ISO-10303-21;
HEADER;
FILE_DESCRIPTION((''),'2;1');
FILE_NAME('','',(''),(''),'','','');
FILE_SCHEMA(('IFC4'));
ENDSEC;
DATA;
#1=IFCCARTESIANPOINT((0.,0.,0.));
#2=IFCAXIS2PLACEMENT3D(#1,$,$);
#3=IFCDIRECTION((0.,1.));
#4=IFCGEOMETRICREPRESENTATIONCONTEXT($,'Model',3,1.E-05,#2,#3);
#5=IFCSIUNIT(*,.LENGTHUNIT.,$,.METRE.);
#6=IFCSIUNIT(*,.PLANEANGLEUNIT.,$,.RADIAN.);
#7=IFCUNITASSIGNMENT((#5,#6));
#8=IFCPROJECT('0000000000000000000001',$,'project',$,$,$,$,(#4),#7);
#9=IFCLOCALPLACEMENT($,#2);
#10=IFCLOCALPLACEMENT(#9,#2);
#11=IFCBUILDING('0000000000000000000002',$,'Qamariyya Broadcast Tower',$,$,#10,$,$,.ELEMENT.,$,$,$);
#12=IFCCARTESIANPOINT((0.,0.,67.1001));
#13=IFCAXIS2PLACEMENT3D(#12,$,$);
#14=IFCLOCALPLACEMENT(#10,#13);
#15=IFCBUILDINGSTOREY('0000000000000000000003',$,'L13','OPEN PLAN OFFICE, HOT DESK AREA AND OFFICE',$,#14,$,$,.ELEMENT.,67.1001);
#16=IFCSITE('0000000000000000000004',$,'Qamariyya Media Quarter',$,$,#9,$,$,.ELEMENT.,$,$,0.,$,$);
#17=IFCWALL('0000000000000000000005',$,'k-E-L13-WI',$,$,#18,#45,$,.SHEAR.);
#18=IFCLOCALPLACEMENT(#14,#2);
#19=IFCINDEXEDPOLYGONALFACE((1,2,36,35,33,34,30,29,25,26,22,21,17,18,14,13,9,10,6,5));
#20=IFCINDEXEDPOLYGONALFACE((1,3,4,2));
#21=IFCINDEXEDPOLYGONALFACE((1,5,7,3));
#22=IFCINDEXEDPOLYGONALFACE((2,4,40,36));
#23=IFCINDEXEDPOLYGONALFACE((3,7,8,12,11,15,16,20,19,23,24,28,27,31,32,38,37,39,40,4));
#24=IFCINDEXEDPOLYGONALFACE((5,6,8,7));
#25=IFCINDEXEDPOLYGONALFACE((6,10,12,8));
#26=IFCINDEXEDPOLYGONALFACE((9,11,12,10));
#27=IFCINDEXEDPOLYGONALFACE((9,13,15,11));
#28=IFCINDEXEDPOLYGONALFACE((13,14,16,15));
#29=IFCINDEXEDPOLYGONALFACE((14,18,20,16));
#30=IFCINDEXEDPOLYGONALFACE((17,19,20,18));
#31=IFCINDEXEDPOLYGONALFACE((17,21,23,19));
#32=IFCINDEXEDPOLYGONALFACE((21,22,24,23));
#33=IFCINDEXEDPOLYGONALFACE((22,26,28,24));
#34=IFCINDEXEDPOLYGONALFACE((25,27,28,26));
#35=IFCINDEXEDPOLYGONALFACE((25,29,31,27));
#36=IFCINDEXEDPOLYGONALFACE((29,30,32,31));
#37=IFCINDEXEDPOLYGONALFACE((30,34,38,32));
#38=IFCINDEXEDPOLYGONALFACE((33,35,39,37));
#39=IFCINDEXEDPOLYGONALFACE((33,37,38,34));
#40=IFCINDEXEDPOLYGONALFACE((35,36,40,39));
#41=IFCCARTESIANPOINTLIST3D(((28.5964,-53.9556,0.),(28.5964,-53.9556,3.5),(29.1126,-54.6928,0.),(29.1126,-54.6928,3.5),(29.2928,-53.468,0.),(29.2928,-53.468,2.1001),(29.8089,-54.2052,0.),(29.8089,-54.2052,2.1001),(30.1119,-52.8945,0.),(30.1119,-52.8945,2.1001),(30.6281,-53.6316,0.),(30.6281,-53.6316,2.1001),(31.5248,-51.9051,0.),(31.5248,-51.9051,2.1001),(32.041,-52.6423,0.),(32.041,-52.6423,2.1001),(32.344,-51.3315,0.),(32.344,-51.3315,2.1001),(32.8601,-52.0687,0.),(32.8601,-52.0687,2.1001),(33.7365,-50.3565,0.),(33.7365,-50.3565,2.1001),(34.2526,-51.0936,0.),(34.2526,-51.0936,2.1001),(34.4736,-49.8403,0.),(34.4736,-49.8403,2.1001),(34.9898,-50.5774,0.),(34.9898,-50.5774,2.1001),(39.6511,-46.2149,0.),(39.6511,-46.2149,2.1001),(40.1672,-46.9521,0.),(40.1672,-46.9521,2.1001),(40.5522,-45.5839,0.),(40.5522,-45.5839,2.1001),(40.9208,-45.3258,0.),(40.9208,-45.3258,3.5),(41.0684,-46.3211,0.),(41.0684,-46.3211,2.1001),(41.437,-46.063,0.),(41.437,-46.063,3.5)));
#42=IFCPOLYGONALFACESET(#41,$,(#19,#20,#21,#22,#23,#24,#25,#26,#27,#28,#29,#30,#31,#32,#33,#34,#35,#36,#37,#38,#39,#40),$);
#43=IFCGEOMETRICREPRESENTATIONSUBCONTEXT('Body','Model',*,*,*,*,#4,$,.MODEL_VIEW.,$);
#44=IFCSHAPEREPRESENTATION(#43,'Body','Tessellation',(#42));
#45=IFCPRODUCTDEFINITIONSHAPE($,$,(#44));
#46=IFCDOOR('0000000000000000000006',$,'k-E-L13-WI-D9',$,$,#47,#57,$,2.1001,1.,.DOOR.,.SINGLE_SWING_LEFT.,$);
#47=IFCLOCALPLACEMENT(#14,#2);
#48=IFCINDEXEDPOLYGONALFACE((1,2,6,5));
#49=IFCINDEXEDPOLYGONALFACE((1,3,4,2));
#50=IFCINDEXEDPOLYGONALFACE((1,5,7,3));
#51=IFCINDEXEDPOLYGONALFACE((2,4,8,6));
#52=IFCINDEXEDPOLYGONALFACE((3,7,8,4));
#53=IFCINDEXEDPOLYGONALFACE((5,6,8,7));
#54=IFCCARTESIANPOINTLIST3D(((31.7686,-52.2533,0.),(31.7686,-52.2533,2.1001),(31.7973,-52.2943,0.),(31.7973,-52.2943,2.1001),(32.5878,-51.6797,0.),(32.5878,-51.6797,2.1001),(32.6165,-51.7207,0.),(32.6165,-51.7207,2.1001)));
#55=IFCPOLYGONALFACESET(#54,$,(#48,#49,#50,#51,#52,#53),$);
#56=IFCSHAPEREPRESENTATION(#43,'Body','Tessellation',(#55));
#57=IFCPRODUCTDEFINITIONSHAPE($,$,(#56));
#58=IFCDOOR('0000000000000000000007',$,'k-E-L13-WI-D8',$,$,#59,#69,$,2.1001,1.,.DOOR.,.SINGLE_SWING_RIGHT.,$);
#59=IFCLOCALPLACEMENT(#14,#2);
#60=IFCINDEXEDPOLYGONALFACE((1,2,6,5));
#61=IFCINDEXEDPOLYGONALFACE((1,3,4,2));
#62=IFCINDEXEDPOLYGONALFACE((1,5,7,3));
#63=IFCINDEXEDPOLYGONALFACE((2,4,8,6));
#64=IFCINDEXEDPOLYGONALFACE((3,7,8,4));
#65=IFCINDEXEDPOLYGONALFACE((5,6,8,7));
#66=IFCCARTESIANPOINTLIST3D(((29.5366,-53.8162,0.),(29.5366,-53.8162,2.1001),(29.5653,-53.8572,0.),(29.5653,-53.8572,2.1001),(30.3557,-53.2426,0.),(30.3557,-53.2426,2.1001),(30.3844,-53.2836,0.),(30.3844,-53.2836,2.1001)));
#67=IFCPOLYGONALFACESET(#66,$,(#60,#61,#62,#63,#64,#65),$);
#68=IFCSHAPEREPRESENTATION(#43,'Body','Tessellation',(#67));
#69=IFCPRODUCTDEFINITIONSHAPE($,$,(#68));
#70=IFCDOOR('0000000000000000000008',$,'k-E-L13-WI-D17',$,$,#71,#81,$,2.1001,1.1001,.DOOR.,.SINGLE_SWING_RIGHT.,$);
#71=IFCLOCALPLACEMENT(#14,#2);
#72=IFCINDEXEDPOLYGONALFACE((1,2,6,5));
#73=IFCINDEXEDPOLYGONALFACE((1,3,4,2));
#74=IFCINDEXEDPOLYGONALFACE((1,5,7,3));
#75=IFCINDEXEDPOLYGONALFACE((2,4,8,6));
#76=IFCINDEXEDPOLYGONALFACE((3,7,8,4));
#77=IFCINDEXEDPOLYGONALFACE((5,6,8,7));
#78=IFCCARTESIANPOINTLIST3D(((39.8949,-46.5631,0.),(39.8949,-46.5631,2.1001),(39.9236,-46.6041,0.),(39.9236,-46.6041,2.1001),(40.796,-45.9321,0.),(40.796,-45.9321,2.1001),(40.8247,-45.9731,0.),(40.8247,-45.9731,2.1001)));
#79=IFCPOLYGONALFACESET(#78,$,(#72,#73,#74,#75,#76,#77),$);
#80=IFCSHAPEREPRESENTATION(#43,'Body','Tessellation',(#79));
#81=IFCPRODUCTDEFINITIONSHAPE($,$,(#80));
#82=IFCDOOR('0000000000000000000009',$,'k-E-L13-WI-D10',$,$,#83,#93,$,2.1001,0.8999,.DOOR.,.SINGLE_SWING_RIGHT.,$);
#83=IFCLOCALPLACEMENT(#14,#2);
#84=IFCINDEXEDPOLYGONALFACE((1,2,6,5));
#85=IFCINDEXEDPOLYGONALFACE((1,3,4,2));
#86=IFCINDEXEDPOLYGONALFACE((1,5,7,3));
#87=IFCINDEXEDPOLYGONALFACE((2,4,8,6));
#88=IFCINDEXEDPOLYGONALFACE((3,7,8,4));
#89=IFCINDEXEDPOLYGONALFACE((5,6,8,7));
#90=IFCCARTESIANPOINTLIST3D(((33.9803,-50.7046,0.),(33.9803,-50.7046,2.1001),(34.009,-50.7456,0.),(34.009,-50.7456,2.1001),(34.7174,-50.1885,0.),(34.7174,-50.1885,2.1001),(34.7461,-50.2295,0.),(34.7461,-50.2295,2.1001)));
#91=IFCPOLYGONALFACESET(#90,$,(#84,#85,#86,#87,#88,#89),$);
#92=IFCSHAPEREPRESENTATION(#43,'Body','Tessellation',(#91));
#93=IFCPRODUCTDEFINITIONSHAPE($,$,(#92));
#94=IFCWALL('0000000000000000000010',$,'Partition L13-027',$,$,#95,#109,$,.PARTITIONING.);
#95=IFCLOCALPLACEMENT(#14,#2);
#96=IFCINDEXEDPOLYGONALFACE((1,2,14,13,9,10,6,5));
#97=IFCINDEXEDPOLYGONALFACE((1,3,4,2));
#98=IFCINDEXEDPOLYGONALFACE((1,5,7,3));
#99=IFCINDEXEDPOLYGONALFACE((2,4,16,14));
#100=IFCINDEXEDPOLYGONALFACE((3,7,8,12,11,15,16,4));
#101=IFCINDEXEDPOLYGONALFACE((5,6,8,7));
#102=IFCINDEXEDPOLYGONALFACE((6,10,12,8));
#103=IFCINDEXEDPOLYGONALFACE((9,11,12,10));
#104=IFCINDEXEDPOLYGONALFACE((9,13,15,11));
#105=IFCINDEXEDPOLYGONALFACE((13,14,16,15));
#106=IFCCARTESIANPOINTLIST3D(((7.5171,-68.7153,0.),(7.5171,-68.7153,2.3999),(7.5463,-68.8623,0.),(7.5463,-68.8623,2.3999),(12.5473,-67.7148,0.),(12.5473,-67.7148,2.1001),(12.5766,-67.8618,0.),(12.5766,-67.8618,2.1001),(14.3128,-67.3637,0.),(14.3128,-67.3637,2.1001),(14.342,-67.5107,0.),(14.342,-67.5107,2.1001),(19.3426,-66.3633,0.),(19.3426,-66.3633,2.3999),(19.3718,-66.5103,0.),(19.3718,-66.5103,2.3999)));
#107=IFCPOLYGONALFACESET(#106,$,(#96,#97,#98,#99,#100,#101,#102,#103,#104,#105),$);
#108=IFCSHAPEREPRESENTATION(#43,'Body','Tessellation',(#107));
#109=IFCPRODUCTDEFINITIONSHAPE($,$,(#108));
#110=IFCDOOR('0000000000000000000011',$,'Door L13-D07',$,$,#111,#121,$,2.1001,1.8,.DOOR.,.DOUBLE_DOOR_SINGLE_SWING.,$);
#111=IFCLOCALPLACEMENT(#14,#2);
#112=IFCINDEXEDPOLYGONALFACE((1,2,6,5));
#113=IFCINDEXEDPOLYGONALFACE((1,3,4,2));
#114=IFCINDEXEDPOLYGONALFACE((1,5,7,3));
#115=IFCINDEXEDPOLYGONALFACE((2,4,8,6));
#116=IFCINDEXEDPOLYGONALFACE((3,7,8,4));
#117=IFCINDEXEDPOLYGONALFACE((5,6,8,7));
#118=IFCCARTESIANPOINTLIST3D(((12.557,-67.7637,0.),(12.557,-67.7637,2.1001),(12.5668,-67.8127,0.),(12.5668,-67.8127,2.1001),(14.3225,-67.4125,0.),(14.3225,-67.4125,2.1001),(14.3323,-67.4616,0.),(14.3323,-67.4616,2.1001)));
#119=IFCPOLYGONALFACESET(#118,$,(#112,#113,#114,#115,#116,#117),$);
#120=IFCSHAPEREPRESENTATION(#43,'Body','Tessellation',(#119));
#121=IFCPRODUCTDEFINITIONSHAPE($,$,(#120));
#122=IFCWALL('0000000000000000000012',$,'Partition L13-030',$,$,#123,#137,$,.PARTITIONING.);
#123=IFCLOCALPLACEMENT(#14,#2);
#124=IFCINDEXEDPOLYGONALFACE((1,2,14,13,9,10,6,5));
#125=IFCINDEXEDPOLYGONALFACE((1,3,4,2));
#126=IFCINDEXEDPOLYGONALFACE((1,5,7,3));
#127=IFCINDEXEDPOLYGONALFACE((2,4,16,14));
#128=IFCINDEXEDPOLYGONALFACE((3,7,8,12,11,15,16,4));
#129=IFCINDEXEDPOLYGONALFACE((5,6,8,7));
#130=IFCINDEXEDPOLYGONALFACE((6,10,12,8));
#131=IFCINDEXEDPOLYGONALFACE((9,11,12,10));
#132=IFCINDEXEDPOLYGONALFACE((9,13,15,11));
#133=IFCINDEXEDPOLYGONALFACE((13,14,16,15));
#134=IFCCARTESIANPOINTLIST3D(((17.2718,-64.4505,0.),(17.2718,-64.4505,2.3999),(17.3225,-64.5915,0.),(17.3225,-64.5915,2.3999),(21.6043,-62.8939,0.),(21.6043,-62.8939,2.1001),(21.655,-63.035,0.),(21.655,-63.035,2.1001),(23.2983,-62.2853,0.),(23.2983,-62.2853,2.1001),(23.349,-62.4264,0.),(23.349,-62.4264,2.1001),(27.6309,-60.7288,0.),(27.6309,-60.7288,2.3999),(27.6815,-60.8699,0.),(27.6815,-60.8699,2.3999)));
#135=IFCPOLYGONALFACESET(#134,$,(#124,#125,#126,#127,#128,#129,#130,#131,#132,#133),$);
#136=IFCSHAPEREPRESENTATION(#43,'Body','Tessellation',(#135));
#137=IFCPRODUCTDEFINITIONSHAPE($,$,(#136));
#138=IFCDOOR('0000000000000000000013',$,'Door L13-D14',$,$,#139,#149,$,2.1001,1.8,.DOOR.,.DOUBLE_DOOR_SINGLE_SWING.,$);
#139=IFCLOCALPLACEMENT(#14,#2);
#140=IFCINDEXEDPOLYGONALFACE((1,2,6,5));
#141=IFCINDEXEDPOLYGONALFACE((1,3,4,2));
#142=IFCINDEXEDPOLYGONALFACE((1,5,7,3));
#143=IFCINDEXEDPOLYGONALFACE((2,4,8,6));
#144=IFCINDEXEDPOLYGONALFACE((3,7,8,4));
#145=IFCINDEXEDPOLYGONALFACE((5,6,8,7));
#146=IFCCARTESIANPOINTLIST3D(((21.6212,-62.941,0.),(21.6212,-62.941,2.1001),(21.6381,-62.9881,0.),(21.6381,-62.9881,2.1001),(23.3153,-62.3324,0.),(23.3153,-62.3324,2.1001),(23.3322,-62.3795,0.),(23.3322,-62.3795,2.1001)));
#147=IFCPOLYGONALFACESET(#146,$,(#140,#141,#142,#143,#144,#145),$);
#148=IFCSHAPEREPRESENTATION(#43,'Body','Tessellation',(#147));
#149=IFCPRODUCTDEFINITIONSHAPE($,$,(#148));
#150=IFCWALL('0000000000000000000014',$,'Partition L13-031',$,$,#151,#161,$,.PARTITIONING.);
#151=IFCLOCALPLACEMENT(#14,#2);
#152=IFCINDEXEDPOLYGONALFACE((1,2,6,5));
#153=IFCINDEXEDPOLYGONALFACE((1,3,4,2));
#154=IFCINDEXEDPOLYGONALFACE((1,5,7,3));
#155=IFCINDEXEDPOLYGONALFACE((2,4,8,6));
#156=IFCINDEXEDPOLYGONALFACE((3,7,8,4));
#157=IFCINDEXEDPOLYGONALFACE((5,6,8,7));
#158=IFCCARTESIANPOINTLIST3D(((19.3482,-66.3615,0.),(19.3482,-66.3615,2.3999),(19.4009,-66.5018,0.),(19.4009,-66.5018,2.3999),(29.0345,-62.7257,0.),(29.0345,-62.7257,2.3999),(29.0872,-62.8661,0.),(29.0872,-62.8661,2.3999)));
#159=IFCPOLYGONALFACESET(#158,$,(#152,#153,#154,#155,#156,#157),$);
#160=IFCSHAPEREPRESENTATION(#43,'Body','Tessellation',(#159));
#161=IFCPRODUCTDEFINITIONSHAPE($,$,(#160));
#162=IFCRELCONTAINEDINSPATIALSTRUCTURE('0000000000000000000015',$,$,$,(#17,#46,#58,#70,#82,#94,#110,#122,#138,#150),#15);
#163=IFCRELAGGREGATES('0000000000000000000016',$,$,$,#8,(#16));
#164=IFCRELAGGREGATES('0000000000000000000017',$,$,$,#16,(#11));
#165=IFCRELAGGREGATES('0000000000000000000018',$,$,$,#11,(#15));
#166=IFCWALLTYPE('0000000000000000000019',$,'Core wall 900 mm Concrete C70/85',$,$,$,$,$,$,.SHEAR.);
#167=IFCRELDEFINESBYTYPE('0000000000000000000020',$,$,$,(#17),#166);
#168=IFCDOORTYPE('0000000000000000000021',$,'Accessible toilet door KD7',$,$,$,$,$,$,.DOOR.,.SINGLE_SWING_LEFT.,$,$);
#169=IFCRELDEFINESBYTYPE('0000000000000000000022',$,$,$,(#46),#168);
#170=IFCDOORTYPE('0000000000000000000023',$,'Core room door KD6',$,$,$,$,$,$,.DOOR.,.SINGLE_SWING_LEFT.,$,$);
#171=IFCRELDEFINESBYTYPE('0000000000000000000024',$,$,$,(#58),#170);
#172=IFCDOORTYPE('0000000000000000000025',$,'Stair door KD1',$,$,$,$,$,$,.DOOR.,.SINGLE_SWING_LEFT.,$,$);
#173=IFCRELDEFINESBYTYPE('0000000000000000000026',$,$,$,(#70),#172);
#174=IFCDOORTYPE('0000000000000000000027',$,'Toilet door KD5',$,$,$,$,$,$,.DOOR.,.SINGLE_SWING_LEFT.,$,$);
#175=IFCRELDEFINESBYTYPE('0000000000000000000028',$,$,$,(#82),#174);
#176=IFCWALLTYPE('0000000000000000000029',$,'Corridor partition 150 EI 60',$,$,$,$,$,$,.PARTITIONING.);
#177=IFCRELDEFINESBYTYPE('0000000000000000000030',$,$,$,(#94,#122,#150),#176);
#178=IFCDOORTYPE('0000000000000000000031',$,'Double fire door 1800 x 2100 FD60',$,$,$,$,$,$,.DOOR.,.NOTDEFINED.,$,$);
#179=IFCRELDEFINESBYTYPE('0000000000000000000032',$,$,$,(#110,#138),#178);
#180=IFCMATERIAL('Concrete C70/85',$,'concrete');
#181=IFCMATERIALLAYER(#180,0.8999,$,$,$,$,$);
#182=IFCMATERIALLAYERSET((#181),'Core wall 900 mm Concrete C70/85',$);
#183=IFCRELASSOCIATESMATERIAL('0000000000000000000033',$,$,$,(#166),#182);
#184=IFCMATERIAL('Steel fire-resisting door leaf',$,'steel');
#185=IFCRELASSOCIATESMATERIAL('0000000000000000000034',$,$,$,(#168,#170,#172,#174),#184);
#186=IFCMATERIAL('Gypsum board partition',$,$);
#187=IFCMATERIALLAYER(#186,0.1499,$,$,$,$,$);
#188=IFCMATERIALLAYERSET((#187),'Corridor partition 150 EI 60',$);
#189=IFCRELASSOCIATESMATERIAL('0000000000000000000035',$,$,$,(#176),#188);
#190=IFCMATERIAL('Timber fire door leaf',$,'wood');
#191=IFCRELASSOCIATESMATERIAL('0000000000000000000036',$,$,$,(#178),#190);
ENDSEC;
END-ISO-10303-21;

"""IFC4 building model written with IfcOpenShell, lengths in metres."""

from ifc_helpers import new_model, si_unit, direction, frame, frame_2d, origin, place, context, subcontext, project, spatial, rectangle, extrude, material, layer, layer_set, type_object, element, fill, save


model = new_model("IFC4")

# Units and contexts
model_context = context("Model", 3, precision=1e-05, world=origin(), true_north=direction((0.0, 1.0)))
body_context = subcontext(model_context, "Body", "Model", "MODEL_VIEW")
ifc_project = project(units=[si_unit("LENGTHUNIT", "METRE"), si_unit("PLANEANGLEUNIT", "RADIAN")], contexts=[model_context])

# Site, building, storey
site_placement = place(None, origin())
site = spatial("IfcSite", under=ifc_project, at=site_placement, Name="Qamariyya Media Quarter", CompositionType="ELEMENT", RefElevation=0.0)
building_placement = place(site_placement, origin())
building = spatial("IfcBuilding", under=site, at=building_placement, Name="Qamariyya Broadcast Tower", CompositionType="ELEMENT")
storey_placement = place(building_placement, frame((0.0, 0.0, 67.1001)))
storey = spatial("IfcBuildingStorey", under=building, at=storey_placement, Name="L13", Description="OPEN PLAN OFFICE, HOT DESK AREA AND OFFICE", CompositionType="ELEMENT", Elevation=67.1001)

# Shared definitions
ifc_material_1 = material(Name="Concrete C70/85", Category="concrete")

# Wall, openings, doors
ifc_layer_1 = layer(ifc_material_1, 0.8999)
ifc_layer_set_1 = layer_set([ifc_layer_1], Name="Core wall 900 mm Concrete C70/85")
wall_type_1 = type_object("IfcWallType", Name="Core wall 900 mm Concrete C70/85", PredefinedType="SHEAR", material=ifc_layer_set_1)
wall_1_placement = place(storey_placement, frame((28.8545, -54.3242, 0.0), z_axis=(0.0, 0.0, 1.0), x_axis=(0.819146, 0.573585, 0.0)))
wall_1 = element("IfcWall", 1, at=wall_1_placement, inside=storey, type_object=wall_type_1, Name="k-E-L13-WI", PredefinedType="SHEAR", context=body_context, shape_type="SweptSolid", body=[
    extrude(rectangle(XDim=15.0454, YDim=0.8999, at=frame_2d((7.5227, 0.0))), origin(), (0.0, 0.0, 1.0), 3.5),
])
opening_1_placement = place(wall_1_placement, frame((0.8501, 0.0, 0.0)))
opening_1 = element("IfcOpeningElement", 2, at=opening_1_placement, cuts=wall_1, PredefinedType="OPENING", context=body_context, shape_type="SweptSolid", body=[
    extrude(rectangle(XDim=1.0, YDim=2.1001, at=frame_2d((0.5, 1.05))), frame((0.0, 0.46, 0.0), z_axis=(0.0, -1.0, 0.0), x_axis=(1.0, 0.0, 0.0)), (0.0, 0.0, 1.0), 0.9199),
])
opening_2_placement = place(wall_1_placement, frame((3.575, 0.0, 0.0)))
opening_2 = element("IfcOpeningElement", 3, at=opening_2_placement, cuts=wall_1, PredefinedType="OPENING", context=body_context, shape_type="SweptSolid", body=[
    extrude(rectangle(XDim=1.0, YDim=2.1001, at=frame_2d((0.5, 1.05))), frame((0.0, 0.46, 0.0), z_axis=(0.0, -1.0, 0.0), x_axis=(1.0, 0.0, 0.0)), (0.0, 0.0, 1.0), 0.9199),
])
opening_3_placement = place(wall_1_placement, frame((6.2749, 0.0, 0.0)))
opening_3 = element("IfcOpeningElement", 4, at=opening_3_placement, cuts=wall_1, PredefinedType="OPENING", context=body_context, shape_type="SweptSolid", body=[
    extrude(rectangle(XDim=0.8999, YDim=2.1001, at=frame_2d((0.45, 1.05))), frame((0.0, 0.46, 0.0), z_axis=(0.0, -1.0, 0.0), x_axis=(1.0, 0.0, 0.0)), (0.0, 0.0, 1.0), 0.9199),
])
opening_4_placement = place(wall_1_placement, frame((13.4954, 0.0, 0.0)))
opening_4 = element("IfcOpeningElement", 5, at=opening_4_placement, cuts=wall_1, PredefinedType="OPENING", context=body_context, shape_type="SweptSolid", body=[
    extrude(rectangle(XDim=1.1001, YDim=2.1001, at=frame_2d((0.55, 1.05))), frame((0.0, 0.46, 0.0), z_axis=(0.0, -1.0, 0.0), x_axis=(1.0, 0.0, 0.0)), (0.0, 0.0, 1.0), 0.9199),
])
ifc_material_2 = material(Name="Steel fire-resisting door leaf", Category="steel")
door_type_1 = type_object("IfcDoorType", Name="Accessible toilet door KD7", OperationType="SINGLE_SWING_LEFT", PredefinedType="DOOR", material=ifc_material_2)
door_1_placement = place(opening_2_placement, origin())
door_1 = element("IfcDoor", 6, at=door_1_placement, inside=storey, type_object=door_type_1, Name="k-E-L13-WI-D9", OperationType="SINGLE_SWING_LEFT", OverallHeight=2.1001, OverallWidth=1.0, PredefinedType="DOOR", context=body_context, shape_type="SweptSolid", body=[
    extrude(rectangle(XDim=1.0, YDim=2.1001, at=frame_2d((0.5, 1.05))), frame((0.0, 0.0249, 0.0), z_axis=(0.0, -1.0, 0.0), x_axis=(1.0, 0.0, 0.0)), (0.0, 0.0, 1.0), 0.05),
])
fill(opening_2, door_1)
door_type_2 = type_object("IfcDoorType", Name="Core room door KD6", OperationType="SINGLE_SWING_LEFT", PredefinedType="DOOR", material=ifc_material_2)
door_2_placement = place(opening_1_placement, origin())
door_2 = element("IfcDoor", 7, at=door_2_placement, inside=storey, type_object=door_type_2, Name="k-E-L13-WI-D8", OperationType="SINGLE_SWING_RIGHT", OverallHeight=2.1001, OverallWidth=1.0, PredefinedType="DOOR", context=body_context, shape_type="SweptSolid", body=[
    extrude(rectangle(XDim=1.0, YDim=2.1001, at=frame_2d((0.5, 1.05))), frame((0.0, 0.0249, 0.0), z_axis=(0.0, -1.0, 0.0), x_axis=(1.0, 0.0, 0.0)), (0.0, 0.0, 1.0), 0.05),
])
fill(opening_1, door_2)
door_type_3 = type_object("IfcDoorType", Name="Stair door KD1", OperationType="SINGLE_SWING_LEFT", PredefinedType="DOOR", material=ifc_material_2)
door_3_placement = place(opening_4_placement, origin())
door_3 = element("IfcDoor", 8, at=door_3_placement, inside=storey, type_object=door_type_3, Name="k-E-L13-WI-D17", OperationType="SINGLE_SWING_RIGHT", OverallHeight=2.1001, OverallWidth=1.1001, PredefinedType="DOOR", context=body_context, shape_type="SweptSolid", body=[
    extrude(rectangle(XDim=1.1001, YDim=2.1001, at=frame_2d((0.55, 1.05))), frame((0.0, 0.0249, 0.0), z_axis=(0.0, -1.0, 0.0), x_axis=(1.0, 0.0, 0.0)), (0.0, 0.0, 1.0), 0.05),
])
fill(opening_4, door_3)
door_type_4 = type_object("IfcDoorType", Name="Toilet door KD5", OperationType="SINGLE_SWING_LEFT", PredefinedType="DOOR", material=ifc_material_2)
door_4_placement = place(opening_3_placement, origin())
door_4 = element("IfcDoor", 9, at=door_4_placement, inside=storey, type_object=door_type_4, Name="k-E-L13-WI-D10", OperationType="SINGLE_SWING_RIGHT", OverallHeight=2.1001, OverallWidth=0.8999, PredefinedType="DOOR", context=body_context, shape_type="SweptSolid", body=[
    extrude(rectangle(XDim=0.8999, YDim=2.1001, at=frame_2d((0.45, 1.05))), frame((0.0, 0.0249, 0.0), z_axis=(0.0, -1.0, 0.0), x_axis=(1.0, 0.0, 0.0)), (0.0, 0.0, 1.0), 0.05),
])
fill(opening_3, door_4)

# Walls, openings, doors
ifc_material_3 = material(Name="Gypsum board partition")
ifc_layer_2 = layer(ifc_material_3, 0.1499)
ifc_layer_set_2 = layer_set([ifc_layer_2], Name="Corridor partition 150 EI 60")
wall_type_2 = type_object("IfcWallType", Name="Corridor partition 150 EI 60", PredefinedType="PARTITIONING", material=ifc_layer_set_2)
wall_2_placement = place(storey_placement, frame((19.3572, -66.4368, 0.0), z_axis=(0.0, 0.0, 1.0), x_axis=(-0.980788, -0.195076, 0.0)))
wall_2 = element("IfcWall", 10, at=wall_2_placement, inside=storey, type_object=wall_type_2, Name="Partition L13-027", PredefinedType="PARTITIONING", context=body_context, shape_type="SweptSolid", body=[
    extrude(rectangle(XDim=12.0571, YDim=0.1499, at=frame_2d((6.0286, 0.0))), origin(), (0.0, 0.0, 1.0), 2.3999),
])
opening_5_placement = place(wall_2_placement, frame((5.1284, 0.0, 0.0)))
opening_5 = element("IfcOpeningElement", 11, at=opening_5_placement, cuts=wall_2, PredefinedType="OPENING", context=body_context, shape_type="SweptSolid", body=[
    extrude(rectangle(XDim=1.8, YDim=2.1001, at=frame_2d((0.8999, 1.05))), frame((0.0, 0.085, 0.0), z_axis=(0.0, -1.0, 0.0), x_axis=(1.0, 0.0, 0.0)), (0.0, 0.0, 1.0), 0.1699),
])
ifc_material_4 = material(Name="Timber fire door leaf", Category="wood")
door_type_5 = type_object("IfcDoorType", Name="Double fire door 1800 x 2100 FD60", OperationType="NOTDEFINED", PredefinedType="DOOR", material=ifc_material_4)
door_5_placement = place(opening_5_placement, origin())
door_5 = element("IfcDoor", 12, at=door_5_placement, inside=storey, type_object=door_type_5, Name="Door L13-D07", OperationType="DOUBLE_DOOR_SINGLE_SWING", OverallHeight=2.1001, OverallWidth=1.8, PredefinedType="DOOR", context=body_context, shape_type="SweptSolid", body=[
    extrude(rectangle(XDim=1.8, YDim=2.1001, at=frame_2d((0.8999, 1.05))), frame((0.0, 0.0249, 0.0), z_axis=(0.0, -1.0, 0.0), x_axis=(1.0, 0.0, 0.0)), (0.0, 0.0, 1.0), 0.05),
])
fill(opening_5, door_5)
wall_3_placement = place(storey_placement, frame((17.2971, -64.521, 0.0), z_axis=(0.0, 0.0, 1.0), x_axis=(0.941107, 0.338108, 0.0)))
wall_3 = element("IfcWall", 13, at=wall_3_placement, inside=storey, type_object=wall_type_2, Name="Partition L13-030", PredefinedType="PARTITIONING", context=body_context, shape_type="SweptSolid", body=[
    extrude(rectangle(XDim=11.0073, YDim=0.1499, at=frame_2d((5.5037, 0.0))), origin(), (0.0, 0.0, 1.0), 2.3999),
])
opening_6_placement = place(wall_3_placement, frame((4.6038, 0.0, 0.0)))
opening_6 = element("IfcOpeningElement", 14, at=opening_6_placement, cuts=wall_3, PredefinedType="OPENING", context=body_context, shape_type="SweptSolid", body=[
    extrude(rectangle(XDim=1.8, YDim=2.1001, at=frame_2d((0.8999, 1.05))), frame((0.0, 0.085, 0.0), z_axis=(0.0, -1.0, 0.0), x_axis=(1.0, 0.0, 0.0)), (0.0, 0.0, 1.0), 0.1699),
])
door_6_placement = place(opening_6_placement, origin())
door_6 = element("IfcDoor", 15, at=door_6_placement, inside=storey, type_object=door_type_5, Name="Door L13-D14", OperationType="DOUBLE_DOOR_SINGLE_SWING", OverallHeight=2.1001, OverallWidth=1.8, PredefinedType="DOOR", context=body_context, shape_type="SweptSolid", body=[
    extrude(rectangle(XDim=1.8, YDim=2.1001, at=frame_2d((0.8999, 1.05))), frame((0.0, 0.0249, 0.0), z_axis=(0.0, -1.0, 0.0), x_axis=(1.0, 0.0, 0.0)), (0.0, 0.0, 1.0), 0.05),
])
fill(opening_6, door_6)

# Wall
wall_4_placement = place(storey_placement, frame((19.3745, -66.4316, 0.0), z_axis=(0.0, 0.0, 1.0), x_axis=(0.936221, 0.35141, 0.0)))
element("IfcWall", 16, at=wall_4_placement, inside=storey, type_object=wall_type_2, Name="Partition L13-031", PredefinedType="PARTITIONING", context=body_context, shape_type="SweptSolid", body=[
    extrude(rectangle(XDim=10.3462, YDim=0.1499, at=frame_2d((5.1731, 0.0))), origin(), (0.0, 0.0, 1.0), 2.3999),
])

save(model, "model.ifc")
